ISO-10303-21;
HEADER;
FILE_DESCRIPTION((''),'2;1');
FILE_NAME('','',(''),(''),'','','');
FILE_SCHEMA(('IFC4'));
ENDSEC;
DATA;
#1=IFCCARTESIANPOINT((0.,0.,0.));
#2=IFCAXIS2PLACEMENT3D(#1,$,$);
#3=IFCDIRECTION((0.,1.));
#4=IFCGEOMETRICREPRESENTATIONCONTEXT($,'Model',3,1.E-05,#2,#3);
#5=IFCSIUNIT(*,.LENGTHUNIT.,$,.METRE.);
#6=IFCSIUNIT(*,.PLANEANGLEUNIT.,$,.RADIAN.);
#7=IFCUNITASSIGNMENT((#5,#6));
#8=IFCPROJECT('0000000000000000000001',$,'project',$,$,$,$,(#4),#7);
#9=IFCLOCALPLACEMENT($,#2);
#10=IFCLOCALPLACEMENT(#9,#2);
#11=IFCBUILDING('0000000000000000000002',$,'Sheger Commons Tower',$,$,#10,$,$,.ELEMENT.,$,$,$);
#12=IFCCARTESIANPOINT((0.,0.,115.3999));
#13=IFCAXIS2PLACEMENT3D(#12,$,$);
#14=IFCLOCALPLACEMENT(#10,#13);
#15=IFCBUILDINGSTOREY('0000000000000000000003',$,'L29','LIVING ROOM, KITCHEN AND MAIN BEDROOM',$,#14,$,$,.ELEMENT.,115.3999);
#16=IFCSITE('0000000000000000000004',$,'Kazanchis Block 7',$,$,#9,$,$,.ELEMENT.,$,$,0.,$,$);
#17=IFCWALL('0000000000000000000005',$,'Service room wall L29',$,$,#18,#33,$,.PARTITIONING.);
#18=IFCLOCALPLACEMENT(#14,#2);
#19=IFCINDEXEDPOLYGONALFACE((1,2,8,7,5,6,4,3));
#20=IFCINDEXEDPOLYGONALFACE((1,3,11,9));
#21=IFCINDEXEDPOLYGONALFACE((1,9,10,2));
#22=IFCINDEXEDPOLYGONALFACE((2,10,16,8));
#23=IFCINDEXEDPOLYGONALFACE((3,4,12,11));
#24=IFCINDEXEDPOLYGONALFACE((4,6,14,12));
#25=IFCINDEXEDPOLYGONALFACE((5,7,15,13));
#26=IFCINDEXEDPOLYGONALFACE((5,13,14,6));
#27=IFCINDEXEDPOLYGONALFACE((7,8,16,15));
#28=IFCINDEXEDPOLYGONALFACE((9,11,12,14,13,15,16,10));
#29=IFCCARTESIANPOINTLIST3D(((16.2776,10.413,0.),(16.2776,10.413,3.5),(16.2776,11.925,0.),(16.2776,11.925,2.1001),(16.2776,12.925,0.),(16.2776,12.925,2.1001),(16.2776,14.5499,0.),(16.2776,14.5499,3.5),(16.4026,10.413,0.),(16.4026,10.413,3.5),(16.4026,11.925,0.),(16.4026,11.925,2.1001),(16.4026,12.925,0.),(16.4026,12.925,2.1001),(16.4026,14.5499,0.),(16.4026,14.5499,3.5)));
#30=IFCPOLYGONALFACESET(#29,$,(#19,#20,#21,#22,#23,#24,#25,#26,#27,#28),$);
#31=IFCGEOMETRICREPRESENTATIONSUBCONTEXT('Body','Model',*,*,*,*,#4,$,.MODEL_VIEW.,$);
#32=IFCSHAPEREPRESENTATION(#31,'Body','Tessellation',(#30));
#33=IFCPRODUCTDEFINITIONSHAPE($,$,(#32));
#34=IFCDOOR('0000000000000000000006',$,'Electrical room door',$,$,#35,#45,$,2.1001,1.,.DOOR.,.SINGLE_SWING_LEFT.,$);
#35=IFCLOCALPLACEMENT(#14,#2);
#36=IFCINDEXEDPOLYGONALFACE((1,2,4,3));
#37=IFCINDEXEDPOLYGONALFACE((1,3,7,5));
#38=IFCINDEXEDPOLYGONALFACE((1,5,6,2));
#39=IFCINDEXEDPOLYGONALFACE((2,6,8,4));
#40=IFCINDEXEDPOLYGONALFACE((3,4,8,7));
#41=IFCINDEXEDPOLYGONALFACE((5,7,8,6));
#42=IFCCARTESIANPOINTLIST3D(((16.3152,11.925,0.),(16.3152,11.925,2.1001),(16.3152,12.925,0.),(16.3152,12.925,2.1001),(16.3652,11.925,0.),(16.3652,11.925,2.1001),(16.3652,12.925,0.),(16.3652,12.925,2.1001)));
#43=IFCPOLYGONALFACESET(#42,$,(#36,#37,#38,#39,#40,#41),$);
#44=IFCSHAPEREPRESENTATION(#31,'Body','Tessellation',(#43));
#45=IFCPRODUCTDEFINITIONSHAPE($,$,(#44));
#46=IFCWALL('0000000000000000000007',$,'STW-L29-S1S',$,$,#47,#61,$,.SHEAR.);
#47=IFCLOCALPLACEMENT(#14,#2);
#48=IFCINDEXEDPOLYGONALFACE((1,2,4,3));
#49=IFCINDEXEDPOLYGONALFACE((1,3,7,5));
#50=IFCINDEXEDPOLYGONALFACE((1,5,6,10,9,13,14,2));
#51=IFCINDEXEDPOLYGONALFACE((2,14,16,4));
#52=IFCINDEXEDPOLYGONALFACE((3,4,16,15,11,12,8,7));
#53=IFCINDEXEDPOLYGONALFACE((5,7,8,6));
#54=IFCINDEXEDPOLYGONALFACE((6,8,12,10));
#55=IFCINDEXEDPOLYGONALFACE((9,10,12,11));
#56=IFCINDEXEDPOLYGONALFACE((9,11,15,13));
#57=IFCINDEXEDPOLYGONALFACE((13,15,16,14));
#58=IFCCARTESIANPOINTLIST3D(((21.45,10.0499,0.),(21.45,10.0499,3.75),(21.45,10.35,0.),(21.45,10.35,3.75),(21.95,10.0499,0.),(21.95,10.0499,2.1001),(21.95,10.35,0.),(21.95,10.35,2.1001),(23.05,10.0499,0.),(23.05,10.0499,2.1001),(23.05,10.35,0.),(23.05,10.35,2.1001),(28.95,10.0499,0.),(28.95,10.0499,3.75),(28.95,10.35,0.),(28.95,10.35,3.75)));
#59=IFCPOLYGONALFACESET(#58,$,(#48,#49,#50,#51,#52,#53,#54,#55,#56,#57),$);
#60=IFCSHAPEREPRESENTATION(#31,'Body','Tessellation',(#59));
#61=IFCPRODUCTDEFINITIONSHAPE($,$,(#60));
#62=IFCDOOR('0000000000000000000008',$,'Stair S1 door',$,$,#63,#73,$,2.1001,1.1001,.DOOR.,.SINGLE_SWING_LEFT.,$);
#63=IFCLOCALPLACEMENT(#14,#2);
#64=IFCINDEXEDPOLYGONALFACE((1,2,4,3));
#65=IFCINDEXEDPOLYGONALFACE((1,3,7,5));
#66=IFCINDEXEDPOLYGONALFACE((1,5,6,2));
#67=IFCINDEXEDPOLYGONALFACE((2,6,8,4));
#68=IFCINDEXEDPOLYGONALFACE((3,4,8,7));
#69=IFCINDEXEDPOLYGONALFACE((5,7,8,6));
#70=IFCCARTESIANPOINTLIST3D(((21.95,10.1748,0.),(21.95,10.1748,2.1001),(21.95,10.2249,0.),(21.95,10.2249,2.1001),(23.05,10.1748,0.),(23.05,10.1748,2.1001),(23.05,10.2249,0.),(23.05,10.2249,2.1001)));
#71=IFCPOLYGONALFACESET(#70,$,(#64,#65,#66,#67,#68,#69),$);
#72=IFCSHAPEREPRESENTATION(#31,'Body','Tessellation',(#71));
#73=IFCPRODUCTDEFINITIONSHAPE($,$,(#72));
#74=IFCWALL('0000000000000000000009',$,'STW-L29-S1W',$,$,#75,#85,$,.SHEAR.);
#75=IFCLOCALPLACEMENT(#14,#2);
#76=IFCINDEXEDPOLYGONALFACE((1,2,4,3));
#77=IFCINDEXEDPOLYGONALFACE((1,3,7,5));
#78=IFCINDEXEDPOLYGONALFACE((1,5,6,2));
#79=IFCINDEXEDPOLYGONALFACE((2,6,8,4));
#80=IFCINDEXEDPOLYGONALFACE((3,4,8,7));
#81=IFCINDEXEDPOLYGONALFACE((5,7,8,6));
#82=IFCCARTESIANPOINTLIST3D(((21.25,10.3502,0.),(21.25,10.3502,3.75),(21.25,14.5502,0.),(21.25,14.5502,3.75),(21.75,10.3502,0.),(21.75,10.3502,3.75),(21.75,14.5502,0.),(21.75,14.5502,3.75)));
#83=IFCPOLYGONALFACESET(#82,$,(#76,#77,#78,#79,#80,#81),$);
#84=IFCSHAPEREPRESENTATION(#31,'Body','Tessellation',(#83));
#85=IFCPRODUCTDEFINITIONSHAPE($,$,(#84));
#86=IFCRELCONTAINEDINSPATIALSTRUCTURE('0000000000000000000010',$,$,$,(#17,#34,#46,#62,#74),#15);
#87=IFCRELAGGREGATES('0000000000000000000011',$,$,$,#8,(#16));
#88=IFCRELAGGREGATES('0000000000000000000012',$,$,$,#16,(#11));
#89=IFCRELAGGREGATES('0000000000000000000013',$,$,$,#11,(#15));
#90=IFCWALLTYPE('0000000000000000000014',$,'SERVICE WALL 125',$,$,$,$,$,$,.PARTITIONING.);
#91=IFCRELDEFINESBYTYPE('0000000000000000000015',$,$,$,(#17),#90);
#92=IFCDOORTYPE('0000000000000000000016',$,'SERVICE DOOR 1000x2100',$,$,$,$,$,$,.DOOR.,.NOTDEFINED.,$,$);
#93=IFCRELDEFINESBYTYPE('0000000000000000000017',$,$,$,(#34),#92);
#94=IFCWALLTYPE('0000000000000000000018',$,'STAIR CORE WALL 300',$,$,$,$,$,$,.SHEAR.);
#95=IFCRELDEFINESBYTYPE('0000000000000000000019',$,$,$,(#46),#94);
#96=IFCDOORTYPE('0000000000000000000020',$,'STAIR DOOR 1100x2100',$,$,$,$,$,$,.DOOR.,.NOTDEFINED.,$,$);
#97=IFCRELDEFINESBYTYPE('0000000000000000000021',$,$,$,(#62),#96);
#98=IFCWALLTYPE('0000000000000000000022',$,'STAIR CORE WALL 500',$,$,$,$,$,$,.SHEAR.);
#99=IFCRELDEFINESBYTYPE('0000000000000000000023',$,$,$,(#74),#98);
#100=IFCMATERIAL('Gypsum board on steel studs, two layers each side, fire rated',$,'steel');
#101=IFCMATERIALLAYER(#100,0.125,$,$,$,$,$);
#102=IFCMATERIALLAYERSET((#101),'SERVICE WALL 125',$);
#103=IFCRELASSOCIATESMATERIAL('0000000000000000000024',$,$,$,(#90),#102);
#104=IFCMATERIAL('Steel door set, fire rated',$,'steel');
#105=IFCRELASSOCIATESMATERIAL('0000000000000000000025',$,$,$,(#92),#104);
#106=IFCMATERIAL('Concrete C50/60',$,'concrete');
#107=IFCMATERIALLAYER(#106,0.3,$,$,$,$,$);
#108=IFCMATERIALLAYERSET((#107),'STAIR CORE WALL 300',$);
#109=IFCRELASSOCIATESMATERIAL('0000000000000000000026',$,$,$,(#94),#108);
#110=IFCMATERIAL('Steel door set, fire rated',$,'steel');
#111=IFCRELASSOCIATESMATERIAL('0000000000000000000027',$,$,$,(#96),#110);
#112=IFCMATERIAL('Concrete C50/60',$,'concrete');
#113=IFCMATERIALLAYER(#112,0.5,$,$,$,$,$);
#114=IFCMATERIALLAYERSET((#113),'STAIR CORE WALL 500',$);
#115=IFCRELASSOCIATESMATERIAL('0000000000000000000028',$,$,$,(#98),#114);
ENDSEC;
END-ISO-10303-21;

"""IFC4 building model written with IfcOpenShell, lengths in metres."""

from ifc_helpers import new_model, si_unit, direction, frame, frame_2d, origin, place, context, subcontext, project, spatial, rectangle, extrude, material, layer, layer_set, type_object, element, fill, save


model = new_model("IFC4")

# Units and contexts
model_context = context("Model", 3, precision=1e-05, world=origin(), true_north=direction((0.0, 1.0)))
body_context = subcontext(model_context, "Body", "Model", "MODEL_VIEW")
ifc_project = project(units=[si_unit("LENGTHUNIT", "METRE"), si_unit("PLANEANGLEUNIT", "RADIAN")], contexts=[model_context])

# Site, building, storey
site_placement = place(None, origin())
site = spatial("IfcSite", under=ifc_project, at=site_placement, Name="Kazanchis Block 7", CompositionType="ELEMENT", RefElevation=0.0)
building_placement = place(site_placement, origin())
building = spatial("IfcBuilding", under=site, at=building_placement, Name="Sheger Commons Tower", CompositionType="ELEMENT")
storey_placement = place(building_placement, frame((0.0, 0.0, 115.3999)))
storey = spatial("IfcBuildingStorey", under=building, at=storey_placement, Name="L29", Description="LIVING ROOM, KITCHEN AND MAIN BEDROOM", CompositionType="ELEMENT", Elevation=115.3999)

# Shared definitions
ifc_material_1 = material(Name="Gypsum board on steel studs, two layers each side, fire rated", Category="steel")
ifc_layer_1 = layer(ifc_material_1, 0.125)
ifc_layer_set_1 = layer_set([ifc_layer_1], Name="SERVICE WALL 125")
wall_type_1 = type_object("IfcWallType", Name="SERVICE WALL 125", PredefinedType="PARTITIONING", material=ifc_layer_set_1)
ifc_material_2 = material(Name="Steel door set, fire rated", Category="steel")
door_type_1 = type_object("IfcDoorType", Name="SERVICE DOOR 1000x2100", OperationType="NOTDEFINED", PredefinedType="DOOR", material=ifc_material_2)

# Walls, openings, doors
wall_1_placement = place(storey_placement, frame((16.3401, 10.4131, 0.0), z_axis=(0.0, 0.0, 1.0), x_axis=(0.0, 1.0, 0.0)))
wall_1 = element("IfcWall", 1, at=wall_1_placement, inside=storey, type_object=wall_type_1, Name="Service room wall L29", PredefinedType="PARTITIONING", context=body_context, shape_type="SweptSolid", body=[
    extrude(rectangle(XDim=4.137, YDim=0.125, at=frame_2d((2.0684, 0.0))), origin(), (0.0, 0.0, 1.0), 3.5),
])
opening_1_placement = place(wall_1_placement, frame((1.512, 0.0, 0.0)))
opening_1 = element("IfcOpeningElement", 2, at=opening_1_placement, cuts=wall_1, PredefinedType="OPENING", context=body_context, shape_type="SweptSolid", body=[
    extrude(rectangle(XDim=1.0, YDim=2.1001, at=frame_2d((0.5, 1.05))), frame((0.0, 0.0725, 0.0), z_axis=(0.0, -1.0, 0.0), x_axis=(1.0, 0.0, 0.0)), (0.0, 0.0, 1.0), 0.145),
])
door_1_placement = place(opening_1_placement, origin())
door_1 = element("IfcDoor", 3, at=door_1_placement, inside=storey, type_object=door_type_1, Name="Electrical room door", OperationType="SINGLE_SWING_LEFT", OverallHeight=2.1001, OverallWidth=1.0, PredefinedType="DOOR", context=body_context, shape_type="SweptSolid", body=[
    extrude(rectangle(XDim=1.0, YDim=2.1001, at=frame_2d((0.5, 1.05))), frame((0.0, 0.0249, 0.0), z_axis=(0.0, -1.0, 0.0), x_axis=(1.0, 0.0, 0.0)), (0.0, 0.0, 1.0), 0.05),
])
fill(opening_1, door_1)
ifc_material_3 = material(Name="Concrete C50/60", Category="concrete")
ifc_layer_2 = layer(ifc_material_3, 0.3)
ifc_layer_set_2 = layer_set([ifc_layer_2], Name="STAIR CORE WALL 300")
wall_type_2 = type_object("IfcWallType", Name="STAIR CORE WALL 300", PredefinedType="SHEAR", material=ifc_layer_set_2)
wall_2_placement = place(storey_placement, frame((21.45, 10.2, 0.0), z_axis=(0.0, 0.0, 1.0), x_axis=(1.0, 0.0, 0.0)))
wall_2 = element("IfcWall", 4, at=wall_2_placement, inside=storey, type_object=wall_type_2, Name="STW-L29-S1S", PredefinedType="SHEAR", context=body_context, shape_type="SweptSolid", body=[
    extrude(rectangle(XDim=7.5, YDim=0.3, at=frame_2d((3.75, 0.0))), origin(), (0.0, 0.0, 1.0), 3.75),
])
opening_2_placement = place(wall_2_placement, frame((0.5, 0.0, 0.0)))
opening_2 = element("IfcOpeningElement", 5, at=opening_2_placement, cuts=wall_2, PredefinedType="OPENING", context=body_context, shape_type="SweptSolid", body=[
    extrude(rectangle(XDim=1.1001, YDim=2.1001, at=frame_2d((0.55, 1.05))), frame((0.0, 0.1599, 0.0), z_axis=(0.0, -1.0, 0.0), x_axis=(1.0, 0.0, 0.0)), (0.0, 0.0, 1.0), 0.3201),
])
ifc_material_4 = material(Name="Steel door set, fire rated", Category="steel")
door_type_2 = type_object("IfcDoorType", Name="STAIR DOOR 1100x2100", OperationType="NOTDEFINED", PredefinedType="DOOR", material=ifc_material_4)
door_2_placement = place(opening_2_placement, origin())
door_2 = element("IfcDoor", 6, at=door_2_placement, inside=storey, type_object=door_type_2, Name="Stair S1 door", OperationType="SINGLE_SWING_LEFT", OverallHeight=2.1001, OverallWidth=1.1001, PredefinedType="DOOR", context=body_context, shape_type="SweptSolid", body=[
    extrude(rectangle(XDim=1.1001, YDim=2.1001, at=frame_2d((0.55, 1.05))), frame((0.0, 0.0249, 0.0), z_axis=(0.0, -1.0, 0.0), x_axis=(1.0, 0.0, 0.0)), (0.0, 0.0, 1.0), 0.05),
])
fill(opening_2, door_2)

# Wall
ifc_material_5 = material(Name="Concrete C50/60", Category="concrete")
ifc_layer_3 = layer(ifc_material_5, 0.5)
ifc_layer_set_3 = layer_set([ifc_layer_3], Name="STAIR CORE WALL 500")
wall_type_3 = type_object("IfcWallType", Name="STAIR CORE WALL 500", PredefinedType="SHEAR", material=ifc_layer_set_3)
wall_3_placement = place(storey_placement, frame((21.5, 10.3501, 0.0), z_axis=(0.0, 0.0, 1.0), x_axis=(0.0, 1.0, 0.0)))
element("IfcWall", 7, at=wall_3_placement, inside=storey, type_object=wall_type_3, Name="STW-L29-S1W", PredefinedType="SHEAR", context=body_context, shape_type="SweptSolid", body=[
    extrude(rectangle(XDim=4.2, YDim=0.5, at=frame_2d((2.1001, 0.0))), origin(), (0.0, 0.0, 1.0), 3.75),
])

save(model, "model.ifc")
